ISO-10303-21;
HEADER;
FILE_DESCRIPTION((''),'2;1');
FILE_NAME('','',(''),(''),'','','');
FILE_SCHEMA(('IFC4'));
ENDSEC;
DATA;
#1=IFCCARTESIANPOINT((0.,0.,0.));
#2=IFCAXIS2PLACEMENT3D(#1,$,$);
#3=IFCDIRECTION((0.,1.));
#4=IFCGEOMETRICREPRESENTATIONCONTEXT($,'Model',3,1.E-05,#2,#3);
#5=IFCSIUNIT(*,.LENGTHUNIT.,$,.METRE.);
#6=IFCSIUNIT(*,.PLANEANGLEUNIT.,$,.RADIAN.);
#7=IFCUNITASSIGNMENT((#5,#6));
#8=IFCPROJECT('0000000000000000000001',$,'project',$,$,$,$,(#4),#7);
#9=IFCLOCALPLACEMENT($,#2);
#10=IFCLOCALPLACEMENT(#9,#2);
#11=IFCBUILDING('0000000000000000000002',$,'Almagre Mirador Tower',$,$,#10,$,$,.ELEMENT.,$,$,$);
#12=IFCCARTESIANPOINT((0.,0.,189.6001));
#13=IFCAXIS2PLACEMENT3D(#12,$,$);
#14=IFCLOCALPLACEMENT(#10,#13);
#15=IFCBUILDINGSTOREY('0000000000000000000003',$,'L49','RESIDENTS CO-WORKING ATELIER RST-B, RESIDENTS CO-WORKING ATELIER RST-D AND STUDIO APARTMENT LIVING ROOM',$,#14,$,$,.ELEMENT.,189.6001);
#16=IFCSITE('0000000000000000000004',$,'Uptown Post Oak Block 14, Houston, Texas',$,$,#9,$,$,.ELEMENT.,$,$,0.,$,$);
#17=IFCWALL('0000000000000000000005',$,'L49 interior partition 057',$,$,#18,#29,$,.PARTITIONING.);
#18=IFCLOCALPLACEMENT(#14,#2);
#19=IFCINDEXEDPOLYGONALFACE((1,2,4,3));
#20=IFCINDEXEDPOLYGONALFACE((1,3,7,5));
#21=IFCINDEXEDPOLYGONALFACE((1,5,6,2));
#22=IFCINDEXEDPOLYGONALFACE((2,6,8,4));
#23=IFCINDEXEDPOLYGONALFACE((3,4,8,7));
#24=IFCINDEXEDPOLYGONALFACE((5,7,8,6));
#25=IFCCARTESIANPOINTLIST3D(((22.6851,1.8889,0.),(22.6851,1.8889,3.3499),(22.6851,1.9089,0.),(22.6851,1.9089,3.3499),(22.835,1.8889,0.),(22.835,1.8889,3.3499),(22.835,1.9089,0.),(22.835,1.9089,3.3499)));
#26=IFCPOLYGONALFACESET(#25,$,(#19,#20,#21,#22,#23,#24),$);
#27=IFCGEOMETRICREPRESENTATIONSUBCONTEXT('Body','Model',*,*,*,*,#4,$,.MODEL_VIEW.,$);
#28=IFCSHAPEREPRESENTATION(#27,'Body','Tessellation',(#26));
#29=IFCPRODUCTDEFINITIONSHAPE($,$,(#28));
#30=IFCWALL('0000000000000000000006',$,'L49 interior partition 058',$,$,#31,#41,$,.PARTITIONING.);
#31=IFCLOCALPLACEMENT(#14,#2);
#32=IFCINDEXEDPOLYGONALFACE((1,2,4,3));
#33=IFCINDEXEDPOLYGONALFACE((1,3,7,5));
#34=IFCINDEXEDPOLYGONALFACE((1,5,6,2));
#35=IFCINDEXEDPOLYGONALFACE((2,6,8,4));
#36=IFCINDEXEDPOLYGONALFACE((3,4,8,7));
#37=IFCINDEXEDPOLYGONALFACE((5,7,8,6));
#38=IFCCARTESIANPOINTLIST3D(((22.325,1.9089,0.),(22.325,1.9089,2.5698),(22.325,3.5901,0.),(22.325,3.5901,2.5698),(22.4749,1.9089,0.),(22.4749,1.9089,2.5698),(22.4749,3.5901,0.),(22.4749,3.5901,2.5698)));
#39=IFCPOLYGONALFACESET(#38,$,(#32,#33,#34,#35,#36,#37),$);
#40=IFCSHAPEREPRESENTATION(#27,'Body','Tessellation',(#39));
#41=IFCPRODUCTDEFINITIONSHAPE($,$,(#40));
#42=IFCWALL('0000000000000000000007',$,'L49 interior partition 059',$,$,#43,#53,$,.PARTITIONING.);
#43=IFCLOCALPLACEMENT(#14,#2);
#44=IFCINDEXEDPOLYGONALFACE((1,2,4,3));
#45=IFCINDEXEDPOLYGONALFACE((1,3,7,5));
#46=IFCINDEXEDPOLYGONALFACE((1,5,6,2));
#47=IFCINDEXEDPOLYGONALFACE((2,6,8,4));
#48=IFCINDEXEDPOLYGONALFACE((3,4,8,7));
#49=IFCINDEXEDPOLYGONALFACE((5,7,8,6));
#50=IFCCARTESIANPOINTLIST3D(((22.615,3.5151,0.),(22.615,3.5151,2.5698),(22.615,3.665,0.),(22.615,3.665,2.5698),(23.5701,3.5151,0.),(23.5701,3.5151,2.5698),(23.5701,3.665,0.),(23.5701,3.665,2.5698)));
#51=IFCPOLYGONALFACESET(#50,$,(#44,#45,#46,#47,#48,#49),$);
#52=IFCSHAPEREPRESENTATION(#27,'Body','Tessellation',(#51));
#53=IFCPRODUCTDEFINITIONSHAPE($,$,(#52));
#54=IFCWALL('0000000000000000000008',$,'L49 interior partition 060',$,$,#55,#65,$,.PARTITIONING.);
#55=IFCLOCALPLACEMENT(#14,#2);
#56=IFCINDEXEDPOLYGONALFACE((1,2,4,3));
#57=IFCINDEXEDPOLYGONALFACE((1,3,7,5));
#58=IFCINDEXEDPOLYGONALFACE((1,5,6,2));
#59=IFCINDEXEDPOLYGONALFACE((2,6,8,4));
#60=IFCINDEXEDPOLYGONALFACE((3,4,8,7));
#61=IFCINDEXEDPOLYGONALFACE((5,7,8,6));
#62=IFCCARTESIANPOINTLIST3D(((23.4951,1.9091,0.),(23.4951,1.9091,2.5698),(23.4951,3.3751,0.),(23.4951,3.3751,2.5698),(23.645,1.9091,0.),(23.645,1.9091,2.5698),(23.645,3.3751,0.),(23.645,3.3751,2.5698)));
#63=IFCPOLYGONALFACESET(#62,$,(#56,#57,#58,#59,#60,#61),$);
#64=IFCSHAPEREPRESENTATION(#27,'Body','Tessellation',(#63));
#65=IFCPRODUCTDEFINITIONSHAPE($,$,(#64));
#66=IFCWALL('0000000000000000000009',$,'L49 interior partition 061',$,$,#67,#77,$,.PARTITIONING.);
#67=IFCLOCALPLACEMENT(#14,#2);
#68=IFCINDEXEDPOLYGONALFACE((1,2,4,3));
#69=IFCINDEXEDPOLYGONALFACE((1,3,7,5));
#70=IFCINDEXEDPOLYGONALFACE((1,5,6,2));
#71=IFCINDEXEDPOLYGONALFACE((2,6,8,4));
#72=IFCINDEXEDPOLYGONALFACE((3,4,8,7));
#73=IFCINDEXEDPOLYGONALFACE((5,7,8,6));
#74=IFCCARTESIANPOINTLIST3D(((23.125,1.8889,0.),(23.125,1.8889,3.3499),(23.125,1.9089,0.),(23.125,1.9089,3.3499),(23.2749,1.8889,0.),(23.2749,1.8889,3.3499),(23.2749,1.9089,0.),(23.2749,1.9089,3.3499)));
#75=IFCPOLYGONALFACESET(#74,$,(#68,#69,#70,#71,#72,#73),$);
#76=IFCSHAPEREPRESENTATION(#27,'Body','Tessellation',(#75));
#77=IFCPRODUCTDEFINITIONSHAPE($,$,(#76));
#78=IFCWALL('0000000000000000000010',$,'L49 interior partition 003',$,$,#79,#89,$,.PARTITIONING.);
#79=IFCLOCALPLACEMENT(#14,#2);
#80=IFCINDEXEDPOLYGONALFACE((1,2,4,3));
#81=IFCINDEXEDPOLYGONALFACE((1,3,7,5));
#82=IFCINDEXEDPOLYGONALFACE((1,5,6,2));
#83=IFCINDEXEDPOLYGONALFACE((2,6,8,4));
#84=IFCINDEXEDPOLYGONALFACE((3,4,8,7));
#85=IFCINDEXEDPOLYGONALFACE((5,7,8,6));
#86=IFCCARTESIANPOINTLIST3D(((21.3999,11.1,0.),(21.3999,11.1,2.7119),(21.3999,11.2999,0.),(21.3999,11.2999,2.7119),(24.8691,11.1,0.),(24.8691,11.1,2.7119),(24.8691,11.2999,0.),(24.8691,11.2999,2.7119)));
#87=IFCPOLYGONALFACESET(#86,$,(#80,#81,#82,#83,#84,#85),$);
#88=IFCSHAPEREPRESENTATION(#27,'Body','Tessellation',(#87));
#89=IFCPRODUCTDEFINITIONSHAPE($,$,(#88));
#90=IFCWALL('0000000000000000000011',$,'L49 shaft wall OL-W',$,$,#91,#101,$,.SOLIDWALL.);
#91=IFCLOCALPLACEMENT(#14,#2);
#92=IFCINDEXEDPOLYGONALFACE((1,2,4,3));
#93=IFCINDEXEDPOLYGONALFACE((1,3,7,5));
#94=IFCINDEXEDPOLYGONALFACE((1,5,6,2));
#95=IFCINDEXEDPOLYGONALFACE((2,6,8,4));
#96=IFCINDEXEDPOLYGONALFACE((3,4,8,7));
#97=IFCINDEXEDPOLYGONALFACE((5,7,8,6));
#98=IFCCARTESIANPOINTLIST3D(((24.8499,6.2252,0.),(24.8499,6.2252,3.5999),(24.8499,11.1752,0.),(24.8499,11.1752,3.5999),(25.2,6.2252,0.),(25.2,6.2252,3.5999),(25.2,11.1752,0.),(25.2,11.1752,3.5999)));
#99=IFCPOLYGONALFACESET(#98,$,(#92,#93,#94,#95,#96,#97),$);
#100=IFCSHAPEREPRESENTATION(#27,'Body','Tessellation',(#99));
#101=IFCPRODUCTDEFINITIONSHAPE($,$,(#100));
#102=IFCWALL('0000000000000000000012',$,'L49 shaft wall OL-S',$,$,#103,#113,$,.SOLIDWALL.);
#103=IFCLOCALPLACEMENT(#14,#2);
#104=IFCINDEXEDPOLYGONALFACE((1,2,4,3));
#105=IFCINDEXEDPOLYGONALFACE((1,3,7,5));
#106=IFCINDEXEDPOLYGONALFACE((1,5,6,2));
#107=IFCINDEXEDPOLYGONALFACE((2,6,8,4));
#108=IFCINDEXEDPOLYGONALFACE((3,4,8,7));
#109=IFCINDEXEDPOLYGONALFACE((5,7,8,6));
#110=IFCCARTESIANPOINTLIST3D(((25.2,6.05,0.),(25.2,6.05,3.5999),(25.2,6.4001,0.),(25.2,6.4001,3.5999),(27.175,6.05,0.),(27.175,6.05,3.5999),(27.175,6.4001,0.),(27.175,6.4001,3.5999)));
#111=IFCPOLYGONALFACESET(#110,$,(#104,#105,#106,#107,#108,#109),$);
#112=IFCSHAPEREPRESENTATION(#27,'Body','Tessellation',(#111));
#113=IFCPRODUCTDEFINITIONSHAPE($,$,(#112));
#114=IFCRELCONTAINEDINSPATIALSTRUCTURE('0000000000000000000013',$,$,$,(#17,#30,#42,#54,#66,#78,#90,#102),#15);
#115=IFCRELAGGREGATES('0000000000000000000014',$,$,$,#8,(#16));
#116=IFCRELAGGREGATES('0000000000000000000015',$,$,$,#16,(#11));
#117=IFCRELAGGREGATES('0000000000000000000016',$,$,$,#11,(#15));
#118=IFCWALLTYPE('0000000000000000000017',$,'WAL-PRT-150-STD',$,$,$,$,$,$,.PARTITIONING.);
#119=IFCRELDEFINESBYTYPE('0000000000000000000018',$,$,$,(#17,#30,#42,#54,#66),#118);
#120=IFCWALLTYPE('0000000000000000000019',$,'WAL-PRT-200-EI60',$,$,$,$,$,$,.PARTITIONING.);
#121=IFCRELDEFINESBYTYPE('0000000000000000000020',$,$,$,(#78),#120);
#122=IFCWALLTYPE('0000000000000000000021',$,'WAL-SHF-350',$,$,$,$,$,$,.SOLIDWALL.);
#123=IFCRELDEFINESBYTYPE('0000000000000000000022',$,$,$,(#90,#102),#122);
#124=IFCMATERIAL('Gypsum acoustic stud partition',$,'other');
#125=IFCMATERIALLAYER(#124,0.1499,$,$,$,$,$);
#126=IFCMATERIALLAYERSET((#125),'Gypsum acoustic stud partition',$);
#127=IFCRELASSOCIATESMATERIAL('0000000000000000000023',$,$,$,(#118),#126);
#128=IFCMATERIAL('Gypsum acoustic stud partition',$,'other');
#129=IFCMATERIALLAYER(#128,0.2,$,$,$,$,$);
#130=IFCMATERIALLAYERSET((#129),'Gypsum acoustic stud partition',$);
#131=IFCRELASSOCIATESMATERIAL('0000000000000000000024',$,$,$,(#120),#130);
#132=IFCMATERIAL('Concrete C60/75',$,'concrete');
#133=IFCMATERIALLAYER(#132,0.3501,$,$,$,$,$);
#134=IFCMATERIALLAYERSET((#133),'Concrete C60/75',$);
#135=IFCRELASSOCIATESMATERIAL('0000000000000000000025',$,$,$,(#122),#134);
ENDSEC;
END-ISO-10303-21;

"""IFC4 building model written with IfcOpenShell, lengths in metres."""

from ifc_helpers import new_model, si_unit, direction, frame, frame_2d, origin, place, context, subcontext, project, spatial, rectangle, extrude, material, layer, layer_set, type_object, element, save


model = new_model("IFC4")

# Units and contexts
model_context = context("Model", 3, precision=1e-05, world=origin(), true_north=direction((0.0, 1.0)))
body_context = subcontext(model_context, "Body", "Model", "MODEL_VIEW")
ifc_project = project(units=[si_unit("LENGTHUNIT", "METRE"), si_unit("PLANEANGLEUNIT", "RADIAN")], contexts=[model_context])

# Site, building, storey
site_placement = place(None, origin())
site = spatial("IfcSite", under=ifc_project, at=site_placement, Name="Uptown Post Oak Block 14, Houston, Texas", CompositionType="ELEMENT", RefElevation=0.0)
building_placement = place(site_placement, origin())
building = spatial("IfcBuilding", under=site, at=building_placement, Name="Almagre Mirador Tower", CompositionType="ELEMENT")
storey_placement = place(building_placement, frame((0.0, 0.0, 189.6001)))
storey = spatial("IfcBuildingStorey", under=building, at=storey_placement, Name="L49", Description="RESIDENTS CO-WORKING ATELIER RST-B, RESIDENTS CO-WORKING ATELIER RST-D AND STUDIO APARTMENT LIVING ROOM", CompositionType="ELEMENT", Elevation=189.6001)

# Walls
ifc_material_1 = material(Name="Gypsum acoustic stud partition", Category="other")
ifc_layer_1 = layer(ifc_material_1, 0.1499)
ifc_layer_set_1 = layer_set([ifc_layer_1], Name="Gypsum acoustic stud partition")
wall_type_1 = type_object("IfcWallType", Name="WAL-PRT-150-STD", PredefinedType="PARTITIONING", material=ifc_layer_set_1)
wall_1_placement = place(storey_placement, frame((22.76, 1.8889, 0.0), z_axis=(0.0, 0.0, 1.0), x_axis=(0.0, 1.0, 0.0)))
element("IfcWall", 1, at=wall_1_placement, inside=storey, type_object=wall_type_1, Name="L49 interior partition 057", PredefinedType="PARTITIONING", context=body_context, shape_type="SweptSolid", body=[
    extrude(rectangle(XDim=0.02, YDim=0.1499, at=frame_2d((0.01, 0.0))), origin(), (0.0, 0.0, 1.0), 3.3499),
])
wall_2_placement = place(storey_placement, frame((22.3999, 1.9089, 0.0), z_axis=(0.0, 0.0, 1.0), x_axis=(0.0, 1.0, 0.0)))
element("IfcWall", 2, at=wall_2_placement, inside=storey, type_object=wall_type_1, Name="L49 interior partition 058", PredefinedType="PARTITIONING", context=body_context, shape_type="SweptSolid", body=[
    extrude(rectangle(XDim=1.6812, YDim=0.1499, at=frame_2d((0.8406, 0.0))), origin(), (0.0, 0.0, 1.0), 2.5698),
])
wall_3_placement = place(storey_placement, frame((22.615, 3.5901, 0.0), z_axis=(0.0, 0.0, 1.0), x_axis=(1.0, 0.0, 0.0)))
element("IfcWall", 3, at=wall_3_placement, inside=storey, type_object=wall_type_1, Name="L49 interior partition 059", PredefinedType="PARTITIONING", context=body_context, shape_type="SweptSolid", body=[
    extrude(rectangle(XDim=0.9551, YDim=0.1499, at=frame_2d((0.4775, 0.0))), origin(), (0.0, 0.0, 1.0), 2.5698),
])
wall_4_placement = place(storey_placement, frame((23.5701, 3.375, 0.0), z_axis=(0.0, 0.0, 1.0), x_axis=(0.0, -1.0, 0.0)))
element("IfcWall", 4, at=wall_4_placement, inside=storey, type_object=wall_type_1, Name="L49 interior partition 060", PredefinedType="PARTITIONING", context=body_context, shape_type="SweptSolid", body=[
    extrude(rectangle(XDim=1.4661, YDim=0.1499, at=frame_2d((0.7329, 0.0))), origin(), (0.0, 0.0, 1.0), 2.5698),
])
wall_5_placement = place(storey_placement, frame((23.2, 1.9089, 0.0), z_axis=(0.0, 0.0, 1.0), x_axis=(0.0, -1.0, 0.0)))
element("IfcWall", 5, at=wall_5_placement, inside=storey, type_object=wall_type_1, Name="L49 interior partition 061", PredefinedType="PARTITIONING", context=body_context, shape_type="SweptSolid", body=[
    extrude(rectangle(XDim=0.02, YDim=0.1499, at=frame_2d((0.01, 0.0))), origin(), (0.0, 0.0, 1.0), 3.3499),
])
ifc_material_2 = material(Name="Gypsum acoustic stud partition", Category="other")
ifc_layer_2 = layer(ifc_material_2, 0.2)
ifc_layer_set_2 = layer_set([ifc_layer_2], Name="Gypsum acoustic stud partition")
wall_type_2 = type_object("IfcWallType", Name="WAL-PRT-200-EI60", PredefinedType="PARTITIONING", material=ifc_layer_set_2)
wall_6_placement = place(storey_placement, frame((21.3999, 11.2, 0.0), z_axis=(0.0, 0.0, 1.0), x_axis=(1.0, 0.0, 0.0)))
element("IfcWall", 6, at=wall_6_placement, inside=storey, type_object=wall_type_2, Name="L49 interior partition 003", PredefinedType="PARTITIONING", context=body_context, shape_type="SweptSolid", body=[
    extrude(rectangle(XDim=3.4692, YDim=0.2, at=frame_2d((1.7346, 0.0))), origin(), (0.0, 0.0, 1.0), 2.7119),
])
ifc_material_3 = material(Name="Concrete C60/75", Category="concrete")
ifc_layer_3 = layer(ifc_material_3, 0.3501)
ifc_layer_set_3 = layer_set([ifc_layer_3], Name="Concrete C60/75")
wall_type_3 = type_object("IfcWallType", Name="WAL-SHF-350", PredefinedType="SOLIDWALL", material=ifc_layer_set_3)
wall_7_placement = place(storey_placement, frame((25.0249, 6.2251, 0.0), z_axis=(0.0, 0.0, 1.0), x_axis=(0.0, 1.0, 0.0)))
element("IfcWall", 7, at=wall_7_placement, inside=storey, type_object=wall_type_3, Name="L49 shaft wall OL-W", PredefinedType="SOLIDWALL", context=body_context, shape_type="SweptSolid", body=[
    extrude(rectangle(XDim=4.95, YDim=0.3501, at=frame_2d((2.4751, 0.0))), origin(), (0.0, 0.0, 1.0), 3.5999),
])
wall_8_placement = place(storey_placement, frame((25.2, 6.2251, 0.0), z_axis=(0.0, 0.0, 1.0), x_axis=(1.0, 0.0, 0.0)))
element("IfcWall", 8, at=wall_8_placement, inside=storey, type_object=wall_type_3, Name="L49 shaft wall OL-S", PredefinedType="SOLIDWALL", context=body_context, shape_type="SweptSolid", body=[
    extrude(rectangle(XDim=1.9751, YDim=0.3501, at=frame_2d((0.9875, 0.0))), origin(), (0.0, 0.0, 1.0), 3.5999),
])

save(model, "model.ifc")
